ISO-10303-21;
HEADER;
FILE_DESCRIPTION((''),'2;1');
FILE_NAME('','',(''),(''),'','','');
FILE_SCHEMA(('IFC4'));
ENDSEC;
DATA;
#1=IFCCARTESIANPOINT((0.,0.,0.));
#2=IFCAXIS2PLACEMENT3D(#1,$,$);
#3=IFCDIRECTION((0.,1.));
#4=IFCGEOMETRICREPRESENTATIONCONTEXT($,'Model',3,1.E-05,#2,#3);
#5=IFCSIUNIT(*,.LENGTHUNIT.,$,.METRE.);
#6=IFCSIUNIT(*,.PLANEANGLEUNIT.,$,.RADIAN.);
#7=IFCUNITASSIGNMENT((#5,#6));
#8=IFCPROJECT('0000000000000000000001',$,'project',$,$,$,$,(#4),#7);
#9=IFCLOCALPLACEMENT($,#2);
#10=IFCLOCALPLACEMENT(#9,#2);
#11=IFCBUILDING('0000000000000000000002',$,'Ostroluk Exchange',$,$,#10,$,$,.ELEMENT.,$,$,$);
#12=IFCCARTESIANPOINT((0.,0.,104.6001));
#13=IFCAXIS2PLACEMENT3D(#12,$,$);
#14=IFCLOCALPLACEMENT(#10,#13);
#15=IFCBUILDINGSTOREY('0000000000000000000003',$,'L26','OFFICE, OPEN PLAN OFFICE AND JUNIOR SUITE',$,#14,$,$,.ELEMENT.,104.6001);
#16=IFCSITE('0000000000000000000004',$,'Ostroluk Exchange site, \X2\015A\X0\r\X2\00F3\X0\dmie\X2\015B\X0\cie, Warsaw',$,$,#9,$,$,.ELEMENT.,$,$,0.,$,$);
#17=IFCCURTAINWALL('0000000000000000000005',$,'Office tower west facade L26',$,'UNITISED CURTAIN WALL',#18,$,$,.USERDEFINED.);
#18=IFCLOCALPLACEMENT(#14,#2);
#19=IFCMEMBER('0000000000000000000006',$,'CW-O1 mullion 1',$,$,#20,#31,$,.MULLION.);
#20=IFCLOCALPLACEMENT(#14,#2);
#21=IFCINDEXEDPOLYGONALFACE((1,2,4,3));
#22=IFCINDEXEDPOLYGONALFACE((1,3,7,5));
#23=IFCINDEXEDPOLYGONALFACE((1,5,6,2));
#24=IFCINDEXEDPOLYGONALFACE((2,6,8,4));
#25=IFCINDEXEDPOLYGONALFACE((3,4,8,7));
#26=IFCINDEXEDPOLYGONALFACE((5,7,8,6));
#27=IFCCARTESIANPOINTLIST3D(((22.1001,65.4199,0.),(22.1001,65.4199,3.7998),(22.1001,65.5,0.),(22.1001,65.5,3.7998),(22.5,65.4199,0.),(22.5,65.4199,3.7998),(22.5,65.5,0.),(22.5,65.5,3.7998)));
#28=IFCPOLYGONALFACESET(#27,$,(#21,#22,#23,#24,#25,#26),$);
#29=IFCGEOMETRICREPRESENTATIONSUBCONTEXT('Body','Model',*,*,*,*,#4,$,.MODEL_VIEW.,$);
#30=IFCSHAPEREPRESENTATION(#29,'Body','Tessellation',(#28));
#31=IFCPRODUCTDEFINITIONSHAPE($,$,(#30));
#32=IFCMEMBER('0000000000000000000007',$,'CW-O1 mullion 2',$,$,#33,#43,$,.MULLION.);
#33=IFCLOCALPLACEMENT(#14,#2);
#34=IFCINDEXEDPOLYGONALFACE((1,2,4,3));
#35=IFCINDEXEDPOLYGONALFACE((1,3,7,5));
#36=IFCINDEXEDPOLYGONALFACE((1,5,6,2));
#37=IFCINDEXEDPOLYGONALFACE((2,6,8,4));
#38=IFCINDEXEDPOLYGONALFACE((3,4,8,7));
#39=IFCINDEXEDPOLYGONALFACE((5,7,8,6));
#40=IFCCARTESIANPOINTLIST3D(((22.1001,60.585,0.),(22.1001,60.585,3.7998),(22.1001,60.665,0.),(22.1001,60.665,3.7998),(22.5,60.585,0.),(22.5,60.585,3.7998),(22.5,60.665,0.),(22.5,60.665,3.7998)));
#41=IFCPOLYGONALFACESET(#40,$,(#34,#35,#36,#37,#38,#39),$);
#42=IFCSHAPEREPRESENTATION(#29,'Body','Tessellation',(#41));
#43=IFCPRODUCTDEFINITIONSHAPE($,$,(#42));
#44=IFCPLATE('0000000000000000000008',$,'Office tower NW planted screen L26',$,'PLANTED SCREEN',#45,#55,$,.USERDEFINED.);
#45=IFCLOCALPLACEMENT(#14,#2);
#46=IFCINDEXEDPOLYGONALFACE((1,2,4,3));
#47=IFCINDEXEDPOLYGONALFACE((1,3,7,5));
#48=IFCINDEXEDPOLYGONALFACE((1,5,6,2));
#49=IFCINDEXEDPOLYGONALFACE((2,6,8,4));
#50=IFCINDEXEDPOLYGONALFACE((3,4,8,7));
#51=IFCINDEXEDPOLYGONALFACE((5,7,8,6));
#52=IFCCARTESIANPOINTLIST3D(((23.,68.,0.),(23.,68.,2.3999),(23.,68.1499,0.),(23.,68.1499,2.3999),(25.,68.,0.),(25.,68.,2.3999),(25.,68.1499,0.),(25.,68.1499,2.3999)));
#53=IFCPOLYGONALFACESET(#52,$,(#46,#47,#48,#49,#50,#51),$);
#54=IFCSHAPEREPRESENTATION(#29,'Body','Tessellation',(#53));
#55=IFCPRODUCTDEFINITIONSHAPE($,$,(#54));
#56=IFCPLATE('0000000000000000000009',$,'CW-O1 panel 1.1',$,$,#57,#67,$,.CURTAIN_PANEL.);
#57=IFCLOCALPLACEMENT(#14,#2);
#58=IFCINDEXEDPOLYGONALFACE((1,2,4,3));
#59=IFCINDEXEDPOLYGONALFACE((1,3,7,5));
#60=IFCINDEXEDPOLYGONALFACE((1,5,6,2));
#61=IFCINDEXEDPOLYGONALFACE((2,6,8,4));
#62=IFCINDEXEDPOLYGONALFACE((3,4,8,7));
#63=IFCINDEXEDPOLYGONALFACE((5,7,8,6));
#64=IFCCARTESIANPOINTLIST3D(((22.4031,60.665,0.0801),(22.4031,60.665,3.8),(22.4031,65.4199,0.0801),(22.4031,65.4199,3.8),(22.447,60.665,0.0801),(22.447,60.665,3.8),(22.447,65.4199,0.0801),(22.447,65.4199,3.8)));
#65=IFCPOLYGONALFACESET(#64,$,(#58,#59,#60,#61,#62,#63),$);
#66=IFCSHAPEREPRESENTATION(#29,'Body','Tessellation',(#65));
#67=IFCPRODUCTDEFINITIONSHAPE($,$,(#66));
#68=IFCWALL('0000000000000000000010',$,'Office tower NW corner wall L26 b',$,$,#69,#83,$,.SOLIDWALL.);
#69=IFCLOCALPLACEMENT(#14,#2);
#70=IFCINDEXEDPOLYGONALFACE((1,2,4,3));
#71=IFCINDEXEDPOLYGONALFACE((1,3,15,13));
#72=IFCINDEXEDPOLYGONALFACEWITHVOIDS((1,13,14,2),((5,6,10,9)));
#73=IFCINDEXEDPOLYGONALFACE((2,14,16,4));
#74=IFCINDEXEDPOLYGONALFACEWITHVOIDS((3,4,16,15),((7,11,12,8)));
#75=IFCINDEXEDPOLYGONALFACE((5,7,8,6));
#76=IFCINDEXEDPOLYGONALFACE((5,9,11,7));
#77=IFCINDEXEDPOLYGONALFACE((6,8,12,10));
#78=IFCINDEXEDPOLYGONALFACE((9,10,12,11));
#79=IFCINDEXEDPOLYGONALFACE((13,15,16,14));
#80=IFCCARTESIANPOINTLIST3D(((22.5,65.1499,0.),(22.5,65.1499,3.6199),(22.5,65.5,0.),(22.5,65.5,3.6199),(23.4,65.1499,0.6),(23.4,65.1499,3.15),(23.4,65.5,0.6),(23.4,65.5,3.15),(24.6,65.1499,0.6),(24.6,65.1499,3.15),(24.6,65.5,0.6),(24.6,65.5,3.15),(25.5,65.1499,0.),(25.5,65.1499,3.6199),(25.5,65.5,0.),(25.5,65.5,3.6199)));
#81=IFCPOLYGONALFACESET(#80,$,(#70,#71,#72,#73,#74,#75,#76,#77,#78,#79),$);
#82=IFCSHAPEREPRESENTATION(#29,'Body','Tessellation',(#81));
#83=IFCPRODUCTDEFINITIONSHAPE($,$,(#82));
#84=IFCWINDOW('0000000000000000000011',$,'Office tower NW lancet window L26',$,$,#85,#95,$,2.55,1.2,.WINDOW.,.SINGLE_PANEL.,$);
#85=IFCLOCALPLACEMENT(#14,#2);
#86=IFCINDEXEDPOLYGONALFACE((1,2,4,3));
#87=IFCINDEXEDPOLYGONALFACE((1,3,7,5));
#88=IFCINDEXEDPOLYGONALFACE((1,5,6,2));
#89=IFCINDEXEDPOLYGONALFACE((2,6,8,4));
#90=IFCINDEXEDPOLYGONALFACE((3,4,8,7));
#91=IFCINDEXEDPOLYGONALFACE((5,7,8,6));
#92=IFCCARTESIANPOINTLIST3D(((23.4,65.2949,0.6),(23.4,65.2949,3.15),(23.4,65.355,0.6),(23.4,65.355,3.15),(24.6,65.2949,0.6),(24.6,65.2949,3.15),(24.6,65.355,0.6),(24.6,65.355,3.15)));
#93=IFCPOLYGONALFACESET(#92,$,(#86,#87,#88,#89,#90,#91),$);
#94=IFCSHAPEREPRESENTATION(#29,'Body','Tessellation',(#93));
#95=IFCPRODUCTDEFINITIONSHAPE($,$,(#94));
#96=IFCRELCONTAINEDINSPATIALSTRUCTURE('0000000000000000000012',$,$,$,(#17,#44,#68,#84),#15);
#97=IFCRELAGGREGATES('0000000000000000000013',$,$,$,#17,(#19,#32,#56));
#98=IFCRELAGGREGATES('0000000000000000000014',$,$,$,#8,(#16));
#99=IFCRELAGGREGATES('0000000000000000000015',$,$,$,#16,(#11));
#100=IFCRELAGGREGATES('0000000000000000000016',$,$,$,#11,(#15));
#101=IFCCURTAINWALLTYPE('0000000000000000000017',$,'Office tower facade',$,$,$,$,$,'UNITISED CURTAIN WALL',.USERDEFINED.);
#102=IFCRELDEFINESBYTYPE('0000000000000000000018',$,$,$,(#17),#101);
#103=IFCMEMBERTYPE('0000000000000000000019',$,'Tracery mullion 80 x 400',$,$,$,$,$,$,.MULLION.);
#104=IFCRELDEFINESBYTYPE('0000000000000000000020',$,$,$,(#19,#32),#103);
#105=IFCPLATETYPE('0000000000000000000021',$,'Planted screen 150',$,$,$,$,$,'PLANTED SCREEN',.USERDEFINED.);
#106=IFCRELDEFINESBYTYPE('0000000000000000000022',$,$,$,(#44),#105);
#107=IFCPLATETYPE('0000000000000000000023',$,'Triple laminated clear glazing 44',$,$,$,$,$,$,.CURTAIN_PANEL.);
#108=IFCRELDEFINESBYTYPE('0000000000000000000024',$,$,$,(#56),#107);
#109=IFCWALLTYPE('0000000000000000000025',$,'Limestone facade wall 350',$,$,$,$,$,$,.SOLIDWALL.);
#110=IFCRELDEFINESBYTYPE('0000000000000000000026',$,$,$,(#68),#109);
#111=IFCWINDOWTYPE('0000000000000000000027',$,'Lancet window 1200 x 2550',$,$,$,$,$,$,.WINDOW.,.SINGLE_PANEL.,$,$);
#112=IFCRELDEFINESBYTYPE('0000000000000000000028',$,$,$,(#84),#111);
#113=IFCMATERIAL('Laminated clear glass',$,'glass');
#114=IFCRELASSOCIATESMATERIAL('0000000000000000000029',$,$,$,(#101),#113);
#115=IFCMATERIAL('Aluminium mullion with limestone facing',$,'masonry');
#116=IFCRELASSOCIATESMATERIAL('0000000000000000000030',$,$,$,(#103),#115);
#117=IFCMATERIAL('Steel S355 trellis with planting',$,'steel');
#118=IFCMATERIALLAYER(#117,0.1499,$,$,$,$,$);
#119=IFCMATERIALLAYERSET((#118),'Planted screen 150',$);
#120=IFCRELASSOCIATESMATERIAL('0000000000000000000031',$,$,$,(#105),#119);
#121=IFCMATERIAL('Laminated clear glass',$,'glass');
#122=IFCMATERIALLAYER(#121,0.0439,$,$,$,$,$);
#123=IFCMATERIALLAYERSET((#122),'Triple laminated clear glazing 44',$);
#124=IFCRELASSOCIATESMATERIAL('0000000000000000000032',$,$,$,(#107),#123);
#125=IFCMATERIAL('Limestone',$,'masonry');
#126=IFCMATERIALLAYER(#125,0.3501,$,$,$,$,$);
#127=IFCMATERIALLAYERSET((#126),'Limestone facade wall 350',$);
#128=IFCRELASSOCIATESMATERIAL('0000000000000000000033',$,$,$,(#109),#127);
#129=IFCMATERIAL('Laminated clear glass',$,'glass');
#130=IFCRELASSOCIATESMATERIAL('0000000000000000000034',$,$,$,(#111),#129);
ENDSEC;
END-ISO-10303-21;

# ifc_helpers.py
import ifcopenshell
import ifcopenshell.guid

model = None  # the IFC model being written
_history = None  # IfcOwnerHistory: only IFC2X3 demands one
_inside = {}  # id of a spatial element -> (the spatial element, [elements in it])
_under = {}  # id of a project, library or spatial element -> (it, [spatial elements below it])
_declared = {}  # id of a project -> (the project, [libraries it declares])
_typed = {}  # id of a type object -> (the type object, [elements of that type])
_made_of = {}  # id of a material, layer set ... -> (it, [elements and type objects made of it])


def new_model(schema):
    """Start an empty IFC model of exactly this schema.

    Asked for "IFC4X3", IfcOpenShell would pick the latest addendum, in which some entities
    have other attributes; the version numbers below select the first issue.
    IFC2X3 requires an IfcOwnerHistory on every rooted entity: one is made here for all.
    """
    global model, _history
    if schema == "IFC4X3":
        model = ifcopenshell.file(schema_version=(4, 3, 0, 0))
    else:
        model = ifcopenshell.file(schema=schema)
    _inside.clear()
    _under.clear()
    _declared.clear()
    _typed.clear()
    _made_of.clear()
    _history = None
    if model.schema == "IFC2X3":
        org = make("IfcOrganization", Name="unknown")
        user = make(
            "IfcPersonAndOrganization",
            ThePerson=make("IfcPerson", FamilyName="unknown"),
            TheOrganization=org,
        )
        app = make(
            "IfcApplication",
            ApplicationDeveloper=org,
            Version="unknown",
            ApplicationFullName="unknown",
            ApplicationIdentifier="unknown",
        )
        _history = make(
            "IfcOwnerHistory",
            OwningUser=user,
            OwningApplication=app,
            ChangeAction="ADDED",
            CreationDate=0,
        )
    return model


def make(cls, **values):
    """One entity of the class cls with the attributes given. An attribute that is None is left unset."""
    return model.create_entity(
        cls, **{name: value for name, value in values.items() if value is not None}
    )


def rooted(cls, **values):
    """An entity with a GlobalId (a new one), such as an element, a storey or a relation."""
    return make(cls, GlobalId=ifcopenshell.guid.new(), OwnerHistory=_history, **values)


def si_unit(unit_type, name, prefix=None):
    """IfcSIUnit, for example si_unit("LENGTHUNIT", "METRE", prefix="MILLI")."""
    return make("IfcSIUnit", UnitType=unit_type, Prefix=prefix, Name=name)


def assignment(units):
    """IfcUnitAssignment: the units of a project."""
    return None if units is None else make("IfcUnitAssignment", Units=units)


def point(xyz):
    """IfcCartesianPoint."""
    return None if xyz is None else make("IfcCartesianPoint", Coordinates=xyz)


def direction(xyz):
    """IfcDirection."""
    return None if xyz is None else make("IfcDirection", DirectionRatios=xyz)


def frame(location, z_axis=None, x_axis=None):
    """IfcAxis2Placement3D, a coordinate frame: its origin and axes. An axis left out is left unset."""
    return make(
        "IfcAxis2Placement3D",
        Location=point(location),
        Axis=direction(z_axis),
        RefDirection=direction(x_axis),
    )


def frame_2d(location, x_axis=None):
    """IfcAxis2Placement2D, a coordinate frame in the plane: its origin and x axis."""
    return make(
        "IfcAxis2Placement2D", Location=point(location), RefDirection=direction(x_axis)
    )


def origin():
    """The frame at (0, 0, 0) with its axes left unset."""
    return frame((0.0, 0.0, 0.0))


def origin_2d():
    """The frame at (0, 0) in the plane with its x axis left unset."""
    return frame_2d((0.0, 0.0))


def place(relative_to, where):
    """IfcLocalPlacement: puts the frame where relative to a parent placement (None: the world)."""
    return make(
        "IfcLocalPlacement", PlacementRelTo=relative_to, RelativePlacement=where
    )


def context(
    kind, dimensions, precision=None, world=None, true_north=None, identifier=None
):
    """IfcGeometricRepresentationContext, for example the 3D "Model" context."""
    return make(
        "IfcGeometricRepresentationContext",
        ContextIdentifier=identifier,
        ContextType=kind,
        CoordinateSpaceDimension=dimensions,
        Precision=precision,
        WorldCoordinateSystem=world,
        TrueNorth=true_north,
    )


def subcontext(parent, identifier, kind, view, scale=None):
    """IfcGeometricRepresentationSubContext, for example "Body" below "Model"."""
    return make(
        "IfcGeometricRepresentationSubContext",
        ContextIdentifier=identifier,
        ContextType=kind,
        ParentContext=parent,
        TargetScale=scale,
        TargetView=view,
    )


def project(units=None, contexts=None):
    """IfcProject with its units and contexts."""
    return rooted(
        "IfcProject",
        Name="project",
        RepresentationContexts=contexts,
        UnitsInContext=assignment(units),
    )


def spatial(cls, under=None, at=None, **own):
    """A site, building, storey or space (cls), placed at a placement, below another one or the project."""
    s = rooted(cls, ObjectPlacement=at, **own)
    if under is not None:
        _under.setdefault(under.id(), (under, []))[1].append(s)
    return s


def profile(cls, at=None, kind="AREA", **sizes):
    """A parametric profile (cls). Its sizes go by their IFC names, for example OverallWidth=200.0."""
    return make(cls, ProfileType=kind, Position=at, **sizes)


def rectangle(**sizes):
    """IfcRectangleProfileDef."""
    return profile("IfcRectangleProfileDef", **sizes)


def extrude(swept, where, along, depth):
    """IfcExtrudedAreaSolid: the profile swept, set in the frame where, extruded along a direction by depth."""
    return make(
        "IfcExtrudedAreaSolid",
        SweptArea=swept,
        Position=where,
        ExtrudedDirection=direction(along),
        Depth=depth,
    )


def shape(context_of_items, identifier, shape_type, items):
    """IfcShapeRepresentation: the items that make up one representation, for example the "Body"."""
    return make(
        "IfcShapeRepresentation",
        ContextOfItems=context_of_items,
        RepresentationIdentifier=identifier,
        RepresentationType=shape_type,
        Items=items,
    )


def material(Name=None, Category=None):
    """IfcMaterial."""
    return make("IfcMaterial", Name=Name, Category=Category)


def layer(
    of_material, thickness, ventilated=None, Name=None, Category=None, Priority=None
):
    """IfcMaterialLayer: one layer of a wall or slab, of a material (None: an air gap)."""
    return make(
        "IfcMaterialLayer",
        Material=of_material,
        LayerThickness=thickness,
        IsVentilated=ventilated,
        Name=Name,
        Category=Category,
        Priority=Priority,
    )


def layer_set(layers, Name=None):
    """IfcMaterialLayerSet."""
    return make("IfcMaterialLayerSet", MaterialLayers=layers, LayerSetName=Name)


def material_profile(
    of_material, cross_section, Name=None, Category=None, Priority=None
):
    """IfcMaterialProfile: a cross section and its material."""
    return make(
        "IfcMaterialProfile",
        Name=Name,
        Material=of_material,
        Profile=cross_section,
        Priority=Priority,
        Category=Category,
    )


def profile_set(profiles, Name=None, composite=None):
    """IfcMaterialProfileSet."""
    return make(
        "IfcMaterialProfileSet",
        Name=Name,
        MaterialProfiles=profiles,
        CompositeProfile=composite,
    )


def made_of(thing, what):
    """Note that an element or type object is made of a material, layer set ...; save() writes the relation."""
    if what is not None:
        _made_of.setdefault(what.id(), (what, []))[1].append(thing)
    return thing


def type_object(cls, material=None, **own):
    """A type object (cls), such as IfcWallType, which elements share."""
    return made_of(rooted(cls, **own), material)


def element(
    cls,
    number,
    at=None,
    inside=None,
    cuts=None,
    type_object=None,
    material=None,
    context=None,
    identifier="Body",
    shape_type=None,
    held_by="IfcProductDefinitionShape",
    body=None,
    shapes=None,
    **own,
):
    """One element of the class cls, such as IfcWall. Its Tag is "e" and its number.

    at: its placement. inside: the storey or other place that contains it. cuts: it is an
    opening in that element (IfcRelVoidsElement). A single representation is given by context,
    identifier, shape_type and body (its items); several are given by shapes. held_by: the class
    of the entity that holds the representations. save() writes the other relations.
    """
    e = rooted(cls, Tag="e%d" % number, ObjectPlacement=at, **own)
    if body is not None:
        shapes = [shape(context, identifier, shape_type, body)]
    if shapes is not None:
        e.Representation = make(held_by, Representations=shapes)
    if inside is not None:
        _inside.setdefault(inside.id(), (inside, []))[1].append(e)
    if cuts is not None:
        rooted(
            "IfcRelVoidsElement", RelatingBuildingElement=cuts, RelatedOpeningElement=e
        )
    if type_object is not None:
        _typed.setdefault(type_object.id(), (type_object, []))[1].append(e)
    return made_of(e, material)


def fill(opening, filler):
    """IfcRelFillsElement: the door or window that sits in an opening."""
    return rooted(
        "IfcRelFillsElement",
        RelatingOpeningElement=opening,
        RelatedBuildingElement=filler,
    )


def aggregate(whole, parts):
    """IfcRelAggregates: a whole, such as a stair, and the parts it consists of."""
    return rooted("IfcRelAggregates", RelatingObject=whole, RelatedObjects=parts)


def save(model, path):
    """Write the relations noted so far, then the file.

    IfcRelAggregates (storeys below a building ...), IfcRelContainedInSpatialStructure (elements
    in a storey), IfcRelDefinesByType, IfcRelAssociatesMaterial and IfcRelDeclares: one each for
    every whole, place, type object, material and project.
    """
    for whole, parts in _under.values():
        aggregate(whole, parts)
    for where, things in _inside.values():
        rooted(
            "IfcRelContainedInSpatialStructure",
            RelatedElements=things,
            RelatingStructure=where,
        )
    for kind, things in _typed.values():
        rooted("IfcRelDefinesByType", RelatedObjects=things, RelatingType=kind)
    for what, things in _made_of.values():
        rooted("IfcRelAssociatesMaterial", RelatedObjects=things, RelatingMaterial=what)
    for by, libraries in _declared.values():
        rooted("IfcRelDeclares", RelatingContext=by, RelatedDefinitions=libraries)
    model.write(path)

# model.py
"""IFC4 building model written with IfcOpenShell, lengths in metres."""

from ifc_helpers import new_model, si_unit, direction, frame, frame_2d, origin, origin_2d, place, context, subcontext, project, spatial, rectangle, extrude, material, layer, layer_set, material_profile, profile_set, type_object, element, fill, aggregate, save


model = new_model("IFC4")

# Units and contexts
model_context = context("Model", 3, precision=1e-05, world=origin(), true_north=direction((0.0, 1.0)))
body_context = subcontext(model_context, "Body", "Model", "MODEL_VIEW")
ifc_project = project(units=[si_unit("LENGTHUNIT", "METRE"), si_unit("PLANEANGLEUNIT", "RADIAN")], contexts=[model_context])

# Site, building, storey
site_placement = place(None, origin())
site = spatial("IfcSite", under=ifc_project, at=site_placement, Name="Ostroluk Exchange site, Śródmieście, Warsaw", CompositionType="ELEMENT", RefElevation=0.0)
building_placement = place(site_placement, origin())
building = spatial("IfcBuilding", under=site, at=building_placement, Name="Ostroluk Exchange", CompositionType="ELEMENT")
storey_placement = place(building_placement, frame((0.0, 0.0, 104.6001)))
storey = spatial("IfcBuildingStorey", under=building, at=storey_placement, Name="L26", Description="OFFICE, OPEN PLAN OFFICE AND JUNIOR SUITE", CompositionType="ELEMENT", Elevation=104.6001)

# Curtain wall
ifc_material_1 = material(Name="Laminated clear glass", Category="glass")
curtain_wall_type = type_object("IfcCurtainWallType", Name="Office tower facade", ElementType="UNITISED CURTAIN WALL", PredefinedType="USERDEFINED", material=ifc_material_1)
curtain_wall_1_placement = place(storey_placement, origin())
curtain_wall_1 = element("IfcCurtainWall", 1, at=curtain_wall_1_placement, inside=storey, type_object=curtain_wall_type, Name="Office tower west facade L26", ObjectType="UNITISED CURTAIN WALL", PredefinedType="USERDEFINED")

# Shared definitions
ifc_material_2 = material(Name="Aluminium mullion with limestone facing", Category="masonry")
ifc_material_profile_1 = material_profile(ifc_material_2, rectangle(XDim=0.3999, YDim=0.0801, at=origin_2d()), Name="Tracery mullion 80 x 400")
ifc_profile_set_1 = profile_set([ifc_material_profile_1], Name="Aluminium mullion with limestone facing")
member_type_1 = type_object("IfcMemberType", Name="Tracery mullion 80 x 400", PredefinedType="MULLION", material=ifc_profile_set_1)

# Members
member_1_placement = place(storey_placement, frame((22.3, 65.46, 0.0), z_axis=(0.0, 0.0, 1.0), x_axis=(1.0, 0.0, 0.0)))
member_1 = element("IfcMember", 2, at=member_1_placement, type_object=member_type_1, Name="CW-O1 mullion 1", PredefinedType="MULLION", context=body_context, shape_type="SweptSolid", body=[
    extrude(rectangle(XDim=0.3999, YDim=0.0801, at=origin_2d()), origin(), (0.0, 0.0, 1.0), 3.7998),
])
member_2_placement = place(storey_placement, frame((22.3, 60.625, 0.0), z_axis=(0.0, 0.0, 1.0), x_axis=(1.0, 0.0, 0.0)))
member_2 = element("IfcMember", 3, at=member_2_placement, type_object=member_type_1, Name="CW-O1 mullion 2", PredefinedType="MULLION", context=body_context, shape_type="SweptSolid", body=[
    extrude(rectangle(XDim=0.3999, YDim=0.0801, at=origin_2d()), origin(), (0.0, 0.0, 1.0), 3.7998),
])

# Plates
ifc_material_3 = material(Name="Steel S355 trellis with planting", Category="steel")
ifc_layer_1 = layer(ifc_material_3, 0.1499)
ifc_layer_set_1 = layer_set([ifc_layer_1], Name="Planted screen 150")
plate_type_1 = type_object("IfcPlateType", Name="Planted screen 150", ElementType="PLANTED SCREEN", PredefinedType="USERDEFINED", material=ifc_layer_set_1)
plate_1_placement = place(storey_placement, frame((24.0, 68.075, 0.0), z_axis=(0.0, 0.0, 1.0), x_axis=(1.0, 0.0, 0.0)))
element("IfcPlate", 4, at=plate_1_placement, inside=storey, type_object=plate_type_1, Name="Office tower NW planted screen L26", ObjectType="PLANTED SCREEN", PredefinedType="USERDEFINED", context=body_context, shape_type="SweptSolid", body=[
    extrude(rectangle(XDim=2.0, YDim=0.1499, at=origin_2d()), origin(), (0.0, 0.0, 1.0), 2.3999),
])
ifc_material_4 = material(Name="Laminated clear glass", Category="glass")
ifc_layer_2 = layer(ifc_material_4, 0.0439)
ifc_layer_set_2 = layer_set([ifc_layer_2], Name="Triple laminated clear glazing 44")
plate_type_2 = type_object("IfcPlateType", Name="Triple laminated clear glazing 44", PredefinedType="CURTAIN_PANEL", material=ifc_layer_set_2)
plate_2_placement = place(storey_placement, frame((22.425, 63.0425, 0.0801), z_axis=(0.0, 0.0, 1.0), x_axis=(0.0, -1.0, 0.0)))
plate_2 = element("IfcPlate", 5, at=plate_2_placement, type_object=plate_type_2, Name="CW-O1 panel 1.1", PredefinedType="CURTAIN_PANEL", context=body_context, shape_type="SweptSolid", body=[
    extrude(rectangle(XDim=4.7549, YDim=0.0439, at=origin_2d()), origin(), (0.0, 0.0, 1.0), 3.72),
])
aggregate(curtain_wall_1, [member_1, member_2, plate_2])

# Shared definitions
ifc_material_5 = material(Name="Limestone", Category="masonry")
ifc_layer_3 = layer(ifc_material_5, 0.3501)
ifc_layer_set_3 = layer_set([ifc_layer_3], Name="Limestone facade wall 350")
wall_type_1 = type_object("IfcWallType", Name="Limestone facade wall 350", PredefinedType="SOLIDWALL", material=ifc_layer_set_3)

# Wall, opening, window
wall_1_placement = place(storey_placement, frame((25.5, 65.325, 0.0), z_axis=(0.0, 0.0, 1.0), x_axis=(-1.0, 0.0, 0.0)))
wall_1 = element("IfcWall", 6, at=wall_1_placement, inside=storey, type_object=wall_type_1, Name="Office tower NW corner wall L26 b", PredefinedType="SOLIDWALL", context=body_context, shape_type="SweptSolid", body=[
    extrude(rectangle(XDim=3.0, YDim=0.3501, at=frame_2d((1.5, 0.0))), origin(), (0.0, 0.0, 1.0), 3.6199),
])
opening_1_placement = place(wall_1_placement, frame((0.8999, 0.0, 0.6001)))
opening_1 = element("IfcOpeningElement", 7, at=opening_1_placement, cuts=wall_1, PredefinedType="OPENING", context=body_context, shape_type="SweptSolid", body=[
    extrude(rectangle(XDim=1.2, YDim=2.55, at=frame_2d((0.6001, 1.2749))), frame((0.0, 0.1851, 0.0), z_axis=(0.0, -1.0, 0.0), x_axis=(1.0, 0.0, 0.0)), (0.0, 0.0, 1.0), 0.3701),
])
ifc_material_6 = material(Name="Laminated clear glass", Category="glass")
window_type = type_object("IfcWindowType", Name="Lancet window 1200 x 2550", PartitioningType="SINGLE_PANEL", PredefinedType="WINDOW", material=ifc_material_6)
window_placement = place(opening_1_placement, origin())
window = element("IfcWindow", 8, at=window_placement, inside=storey, type_object=window_type, Name="Office tower NW lancet window L26", OverallHeight=2.55, OverallWidth=1.2, PartitioningType="SINGLE_PANEL", PredefinedType="WINDOW", context=body_context, shape_type="SweptSolid", body=[
    extrude(rectangle(XDim=1.2, YDim=2.55, at=frame_2d((0.6001, 1.2749))), frame((0.0, 0.03, 0.0), z_axis=(0.0, -1.0, 0.0), x_axis=(1.0, 0.0, 0.0)), (0.0, 0.0, 1.0), 0.0601),
])
fill(opening_1, window)

save(model, "model.ifc")
